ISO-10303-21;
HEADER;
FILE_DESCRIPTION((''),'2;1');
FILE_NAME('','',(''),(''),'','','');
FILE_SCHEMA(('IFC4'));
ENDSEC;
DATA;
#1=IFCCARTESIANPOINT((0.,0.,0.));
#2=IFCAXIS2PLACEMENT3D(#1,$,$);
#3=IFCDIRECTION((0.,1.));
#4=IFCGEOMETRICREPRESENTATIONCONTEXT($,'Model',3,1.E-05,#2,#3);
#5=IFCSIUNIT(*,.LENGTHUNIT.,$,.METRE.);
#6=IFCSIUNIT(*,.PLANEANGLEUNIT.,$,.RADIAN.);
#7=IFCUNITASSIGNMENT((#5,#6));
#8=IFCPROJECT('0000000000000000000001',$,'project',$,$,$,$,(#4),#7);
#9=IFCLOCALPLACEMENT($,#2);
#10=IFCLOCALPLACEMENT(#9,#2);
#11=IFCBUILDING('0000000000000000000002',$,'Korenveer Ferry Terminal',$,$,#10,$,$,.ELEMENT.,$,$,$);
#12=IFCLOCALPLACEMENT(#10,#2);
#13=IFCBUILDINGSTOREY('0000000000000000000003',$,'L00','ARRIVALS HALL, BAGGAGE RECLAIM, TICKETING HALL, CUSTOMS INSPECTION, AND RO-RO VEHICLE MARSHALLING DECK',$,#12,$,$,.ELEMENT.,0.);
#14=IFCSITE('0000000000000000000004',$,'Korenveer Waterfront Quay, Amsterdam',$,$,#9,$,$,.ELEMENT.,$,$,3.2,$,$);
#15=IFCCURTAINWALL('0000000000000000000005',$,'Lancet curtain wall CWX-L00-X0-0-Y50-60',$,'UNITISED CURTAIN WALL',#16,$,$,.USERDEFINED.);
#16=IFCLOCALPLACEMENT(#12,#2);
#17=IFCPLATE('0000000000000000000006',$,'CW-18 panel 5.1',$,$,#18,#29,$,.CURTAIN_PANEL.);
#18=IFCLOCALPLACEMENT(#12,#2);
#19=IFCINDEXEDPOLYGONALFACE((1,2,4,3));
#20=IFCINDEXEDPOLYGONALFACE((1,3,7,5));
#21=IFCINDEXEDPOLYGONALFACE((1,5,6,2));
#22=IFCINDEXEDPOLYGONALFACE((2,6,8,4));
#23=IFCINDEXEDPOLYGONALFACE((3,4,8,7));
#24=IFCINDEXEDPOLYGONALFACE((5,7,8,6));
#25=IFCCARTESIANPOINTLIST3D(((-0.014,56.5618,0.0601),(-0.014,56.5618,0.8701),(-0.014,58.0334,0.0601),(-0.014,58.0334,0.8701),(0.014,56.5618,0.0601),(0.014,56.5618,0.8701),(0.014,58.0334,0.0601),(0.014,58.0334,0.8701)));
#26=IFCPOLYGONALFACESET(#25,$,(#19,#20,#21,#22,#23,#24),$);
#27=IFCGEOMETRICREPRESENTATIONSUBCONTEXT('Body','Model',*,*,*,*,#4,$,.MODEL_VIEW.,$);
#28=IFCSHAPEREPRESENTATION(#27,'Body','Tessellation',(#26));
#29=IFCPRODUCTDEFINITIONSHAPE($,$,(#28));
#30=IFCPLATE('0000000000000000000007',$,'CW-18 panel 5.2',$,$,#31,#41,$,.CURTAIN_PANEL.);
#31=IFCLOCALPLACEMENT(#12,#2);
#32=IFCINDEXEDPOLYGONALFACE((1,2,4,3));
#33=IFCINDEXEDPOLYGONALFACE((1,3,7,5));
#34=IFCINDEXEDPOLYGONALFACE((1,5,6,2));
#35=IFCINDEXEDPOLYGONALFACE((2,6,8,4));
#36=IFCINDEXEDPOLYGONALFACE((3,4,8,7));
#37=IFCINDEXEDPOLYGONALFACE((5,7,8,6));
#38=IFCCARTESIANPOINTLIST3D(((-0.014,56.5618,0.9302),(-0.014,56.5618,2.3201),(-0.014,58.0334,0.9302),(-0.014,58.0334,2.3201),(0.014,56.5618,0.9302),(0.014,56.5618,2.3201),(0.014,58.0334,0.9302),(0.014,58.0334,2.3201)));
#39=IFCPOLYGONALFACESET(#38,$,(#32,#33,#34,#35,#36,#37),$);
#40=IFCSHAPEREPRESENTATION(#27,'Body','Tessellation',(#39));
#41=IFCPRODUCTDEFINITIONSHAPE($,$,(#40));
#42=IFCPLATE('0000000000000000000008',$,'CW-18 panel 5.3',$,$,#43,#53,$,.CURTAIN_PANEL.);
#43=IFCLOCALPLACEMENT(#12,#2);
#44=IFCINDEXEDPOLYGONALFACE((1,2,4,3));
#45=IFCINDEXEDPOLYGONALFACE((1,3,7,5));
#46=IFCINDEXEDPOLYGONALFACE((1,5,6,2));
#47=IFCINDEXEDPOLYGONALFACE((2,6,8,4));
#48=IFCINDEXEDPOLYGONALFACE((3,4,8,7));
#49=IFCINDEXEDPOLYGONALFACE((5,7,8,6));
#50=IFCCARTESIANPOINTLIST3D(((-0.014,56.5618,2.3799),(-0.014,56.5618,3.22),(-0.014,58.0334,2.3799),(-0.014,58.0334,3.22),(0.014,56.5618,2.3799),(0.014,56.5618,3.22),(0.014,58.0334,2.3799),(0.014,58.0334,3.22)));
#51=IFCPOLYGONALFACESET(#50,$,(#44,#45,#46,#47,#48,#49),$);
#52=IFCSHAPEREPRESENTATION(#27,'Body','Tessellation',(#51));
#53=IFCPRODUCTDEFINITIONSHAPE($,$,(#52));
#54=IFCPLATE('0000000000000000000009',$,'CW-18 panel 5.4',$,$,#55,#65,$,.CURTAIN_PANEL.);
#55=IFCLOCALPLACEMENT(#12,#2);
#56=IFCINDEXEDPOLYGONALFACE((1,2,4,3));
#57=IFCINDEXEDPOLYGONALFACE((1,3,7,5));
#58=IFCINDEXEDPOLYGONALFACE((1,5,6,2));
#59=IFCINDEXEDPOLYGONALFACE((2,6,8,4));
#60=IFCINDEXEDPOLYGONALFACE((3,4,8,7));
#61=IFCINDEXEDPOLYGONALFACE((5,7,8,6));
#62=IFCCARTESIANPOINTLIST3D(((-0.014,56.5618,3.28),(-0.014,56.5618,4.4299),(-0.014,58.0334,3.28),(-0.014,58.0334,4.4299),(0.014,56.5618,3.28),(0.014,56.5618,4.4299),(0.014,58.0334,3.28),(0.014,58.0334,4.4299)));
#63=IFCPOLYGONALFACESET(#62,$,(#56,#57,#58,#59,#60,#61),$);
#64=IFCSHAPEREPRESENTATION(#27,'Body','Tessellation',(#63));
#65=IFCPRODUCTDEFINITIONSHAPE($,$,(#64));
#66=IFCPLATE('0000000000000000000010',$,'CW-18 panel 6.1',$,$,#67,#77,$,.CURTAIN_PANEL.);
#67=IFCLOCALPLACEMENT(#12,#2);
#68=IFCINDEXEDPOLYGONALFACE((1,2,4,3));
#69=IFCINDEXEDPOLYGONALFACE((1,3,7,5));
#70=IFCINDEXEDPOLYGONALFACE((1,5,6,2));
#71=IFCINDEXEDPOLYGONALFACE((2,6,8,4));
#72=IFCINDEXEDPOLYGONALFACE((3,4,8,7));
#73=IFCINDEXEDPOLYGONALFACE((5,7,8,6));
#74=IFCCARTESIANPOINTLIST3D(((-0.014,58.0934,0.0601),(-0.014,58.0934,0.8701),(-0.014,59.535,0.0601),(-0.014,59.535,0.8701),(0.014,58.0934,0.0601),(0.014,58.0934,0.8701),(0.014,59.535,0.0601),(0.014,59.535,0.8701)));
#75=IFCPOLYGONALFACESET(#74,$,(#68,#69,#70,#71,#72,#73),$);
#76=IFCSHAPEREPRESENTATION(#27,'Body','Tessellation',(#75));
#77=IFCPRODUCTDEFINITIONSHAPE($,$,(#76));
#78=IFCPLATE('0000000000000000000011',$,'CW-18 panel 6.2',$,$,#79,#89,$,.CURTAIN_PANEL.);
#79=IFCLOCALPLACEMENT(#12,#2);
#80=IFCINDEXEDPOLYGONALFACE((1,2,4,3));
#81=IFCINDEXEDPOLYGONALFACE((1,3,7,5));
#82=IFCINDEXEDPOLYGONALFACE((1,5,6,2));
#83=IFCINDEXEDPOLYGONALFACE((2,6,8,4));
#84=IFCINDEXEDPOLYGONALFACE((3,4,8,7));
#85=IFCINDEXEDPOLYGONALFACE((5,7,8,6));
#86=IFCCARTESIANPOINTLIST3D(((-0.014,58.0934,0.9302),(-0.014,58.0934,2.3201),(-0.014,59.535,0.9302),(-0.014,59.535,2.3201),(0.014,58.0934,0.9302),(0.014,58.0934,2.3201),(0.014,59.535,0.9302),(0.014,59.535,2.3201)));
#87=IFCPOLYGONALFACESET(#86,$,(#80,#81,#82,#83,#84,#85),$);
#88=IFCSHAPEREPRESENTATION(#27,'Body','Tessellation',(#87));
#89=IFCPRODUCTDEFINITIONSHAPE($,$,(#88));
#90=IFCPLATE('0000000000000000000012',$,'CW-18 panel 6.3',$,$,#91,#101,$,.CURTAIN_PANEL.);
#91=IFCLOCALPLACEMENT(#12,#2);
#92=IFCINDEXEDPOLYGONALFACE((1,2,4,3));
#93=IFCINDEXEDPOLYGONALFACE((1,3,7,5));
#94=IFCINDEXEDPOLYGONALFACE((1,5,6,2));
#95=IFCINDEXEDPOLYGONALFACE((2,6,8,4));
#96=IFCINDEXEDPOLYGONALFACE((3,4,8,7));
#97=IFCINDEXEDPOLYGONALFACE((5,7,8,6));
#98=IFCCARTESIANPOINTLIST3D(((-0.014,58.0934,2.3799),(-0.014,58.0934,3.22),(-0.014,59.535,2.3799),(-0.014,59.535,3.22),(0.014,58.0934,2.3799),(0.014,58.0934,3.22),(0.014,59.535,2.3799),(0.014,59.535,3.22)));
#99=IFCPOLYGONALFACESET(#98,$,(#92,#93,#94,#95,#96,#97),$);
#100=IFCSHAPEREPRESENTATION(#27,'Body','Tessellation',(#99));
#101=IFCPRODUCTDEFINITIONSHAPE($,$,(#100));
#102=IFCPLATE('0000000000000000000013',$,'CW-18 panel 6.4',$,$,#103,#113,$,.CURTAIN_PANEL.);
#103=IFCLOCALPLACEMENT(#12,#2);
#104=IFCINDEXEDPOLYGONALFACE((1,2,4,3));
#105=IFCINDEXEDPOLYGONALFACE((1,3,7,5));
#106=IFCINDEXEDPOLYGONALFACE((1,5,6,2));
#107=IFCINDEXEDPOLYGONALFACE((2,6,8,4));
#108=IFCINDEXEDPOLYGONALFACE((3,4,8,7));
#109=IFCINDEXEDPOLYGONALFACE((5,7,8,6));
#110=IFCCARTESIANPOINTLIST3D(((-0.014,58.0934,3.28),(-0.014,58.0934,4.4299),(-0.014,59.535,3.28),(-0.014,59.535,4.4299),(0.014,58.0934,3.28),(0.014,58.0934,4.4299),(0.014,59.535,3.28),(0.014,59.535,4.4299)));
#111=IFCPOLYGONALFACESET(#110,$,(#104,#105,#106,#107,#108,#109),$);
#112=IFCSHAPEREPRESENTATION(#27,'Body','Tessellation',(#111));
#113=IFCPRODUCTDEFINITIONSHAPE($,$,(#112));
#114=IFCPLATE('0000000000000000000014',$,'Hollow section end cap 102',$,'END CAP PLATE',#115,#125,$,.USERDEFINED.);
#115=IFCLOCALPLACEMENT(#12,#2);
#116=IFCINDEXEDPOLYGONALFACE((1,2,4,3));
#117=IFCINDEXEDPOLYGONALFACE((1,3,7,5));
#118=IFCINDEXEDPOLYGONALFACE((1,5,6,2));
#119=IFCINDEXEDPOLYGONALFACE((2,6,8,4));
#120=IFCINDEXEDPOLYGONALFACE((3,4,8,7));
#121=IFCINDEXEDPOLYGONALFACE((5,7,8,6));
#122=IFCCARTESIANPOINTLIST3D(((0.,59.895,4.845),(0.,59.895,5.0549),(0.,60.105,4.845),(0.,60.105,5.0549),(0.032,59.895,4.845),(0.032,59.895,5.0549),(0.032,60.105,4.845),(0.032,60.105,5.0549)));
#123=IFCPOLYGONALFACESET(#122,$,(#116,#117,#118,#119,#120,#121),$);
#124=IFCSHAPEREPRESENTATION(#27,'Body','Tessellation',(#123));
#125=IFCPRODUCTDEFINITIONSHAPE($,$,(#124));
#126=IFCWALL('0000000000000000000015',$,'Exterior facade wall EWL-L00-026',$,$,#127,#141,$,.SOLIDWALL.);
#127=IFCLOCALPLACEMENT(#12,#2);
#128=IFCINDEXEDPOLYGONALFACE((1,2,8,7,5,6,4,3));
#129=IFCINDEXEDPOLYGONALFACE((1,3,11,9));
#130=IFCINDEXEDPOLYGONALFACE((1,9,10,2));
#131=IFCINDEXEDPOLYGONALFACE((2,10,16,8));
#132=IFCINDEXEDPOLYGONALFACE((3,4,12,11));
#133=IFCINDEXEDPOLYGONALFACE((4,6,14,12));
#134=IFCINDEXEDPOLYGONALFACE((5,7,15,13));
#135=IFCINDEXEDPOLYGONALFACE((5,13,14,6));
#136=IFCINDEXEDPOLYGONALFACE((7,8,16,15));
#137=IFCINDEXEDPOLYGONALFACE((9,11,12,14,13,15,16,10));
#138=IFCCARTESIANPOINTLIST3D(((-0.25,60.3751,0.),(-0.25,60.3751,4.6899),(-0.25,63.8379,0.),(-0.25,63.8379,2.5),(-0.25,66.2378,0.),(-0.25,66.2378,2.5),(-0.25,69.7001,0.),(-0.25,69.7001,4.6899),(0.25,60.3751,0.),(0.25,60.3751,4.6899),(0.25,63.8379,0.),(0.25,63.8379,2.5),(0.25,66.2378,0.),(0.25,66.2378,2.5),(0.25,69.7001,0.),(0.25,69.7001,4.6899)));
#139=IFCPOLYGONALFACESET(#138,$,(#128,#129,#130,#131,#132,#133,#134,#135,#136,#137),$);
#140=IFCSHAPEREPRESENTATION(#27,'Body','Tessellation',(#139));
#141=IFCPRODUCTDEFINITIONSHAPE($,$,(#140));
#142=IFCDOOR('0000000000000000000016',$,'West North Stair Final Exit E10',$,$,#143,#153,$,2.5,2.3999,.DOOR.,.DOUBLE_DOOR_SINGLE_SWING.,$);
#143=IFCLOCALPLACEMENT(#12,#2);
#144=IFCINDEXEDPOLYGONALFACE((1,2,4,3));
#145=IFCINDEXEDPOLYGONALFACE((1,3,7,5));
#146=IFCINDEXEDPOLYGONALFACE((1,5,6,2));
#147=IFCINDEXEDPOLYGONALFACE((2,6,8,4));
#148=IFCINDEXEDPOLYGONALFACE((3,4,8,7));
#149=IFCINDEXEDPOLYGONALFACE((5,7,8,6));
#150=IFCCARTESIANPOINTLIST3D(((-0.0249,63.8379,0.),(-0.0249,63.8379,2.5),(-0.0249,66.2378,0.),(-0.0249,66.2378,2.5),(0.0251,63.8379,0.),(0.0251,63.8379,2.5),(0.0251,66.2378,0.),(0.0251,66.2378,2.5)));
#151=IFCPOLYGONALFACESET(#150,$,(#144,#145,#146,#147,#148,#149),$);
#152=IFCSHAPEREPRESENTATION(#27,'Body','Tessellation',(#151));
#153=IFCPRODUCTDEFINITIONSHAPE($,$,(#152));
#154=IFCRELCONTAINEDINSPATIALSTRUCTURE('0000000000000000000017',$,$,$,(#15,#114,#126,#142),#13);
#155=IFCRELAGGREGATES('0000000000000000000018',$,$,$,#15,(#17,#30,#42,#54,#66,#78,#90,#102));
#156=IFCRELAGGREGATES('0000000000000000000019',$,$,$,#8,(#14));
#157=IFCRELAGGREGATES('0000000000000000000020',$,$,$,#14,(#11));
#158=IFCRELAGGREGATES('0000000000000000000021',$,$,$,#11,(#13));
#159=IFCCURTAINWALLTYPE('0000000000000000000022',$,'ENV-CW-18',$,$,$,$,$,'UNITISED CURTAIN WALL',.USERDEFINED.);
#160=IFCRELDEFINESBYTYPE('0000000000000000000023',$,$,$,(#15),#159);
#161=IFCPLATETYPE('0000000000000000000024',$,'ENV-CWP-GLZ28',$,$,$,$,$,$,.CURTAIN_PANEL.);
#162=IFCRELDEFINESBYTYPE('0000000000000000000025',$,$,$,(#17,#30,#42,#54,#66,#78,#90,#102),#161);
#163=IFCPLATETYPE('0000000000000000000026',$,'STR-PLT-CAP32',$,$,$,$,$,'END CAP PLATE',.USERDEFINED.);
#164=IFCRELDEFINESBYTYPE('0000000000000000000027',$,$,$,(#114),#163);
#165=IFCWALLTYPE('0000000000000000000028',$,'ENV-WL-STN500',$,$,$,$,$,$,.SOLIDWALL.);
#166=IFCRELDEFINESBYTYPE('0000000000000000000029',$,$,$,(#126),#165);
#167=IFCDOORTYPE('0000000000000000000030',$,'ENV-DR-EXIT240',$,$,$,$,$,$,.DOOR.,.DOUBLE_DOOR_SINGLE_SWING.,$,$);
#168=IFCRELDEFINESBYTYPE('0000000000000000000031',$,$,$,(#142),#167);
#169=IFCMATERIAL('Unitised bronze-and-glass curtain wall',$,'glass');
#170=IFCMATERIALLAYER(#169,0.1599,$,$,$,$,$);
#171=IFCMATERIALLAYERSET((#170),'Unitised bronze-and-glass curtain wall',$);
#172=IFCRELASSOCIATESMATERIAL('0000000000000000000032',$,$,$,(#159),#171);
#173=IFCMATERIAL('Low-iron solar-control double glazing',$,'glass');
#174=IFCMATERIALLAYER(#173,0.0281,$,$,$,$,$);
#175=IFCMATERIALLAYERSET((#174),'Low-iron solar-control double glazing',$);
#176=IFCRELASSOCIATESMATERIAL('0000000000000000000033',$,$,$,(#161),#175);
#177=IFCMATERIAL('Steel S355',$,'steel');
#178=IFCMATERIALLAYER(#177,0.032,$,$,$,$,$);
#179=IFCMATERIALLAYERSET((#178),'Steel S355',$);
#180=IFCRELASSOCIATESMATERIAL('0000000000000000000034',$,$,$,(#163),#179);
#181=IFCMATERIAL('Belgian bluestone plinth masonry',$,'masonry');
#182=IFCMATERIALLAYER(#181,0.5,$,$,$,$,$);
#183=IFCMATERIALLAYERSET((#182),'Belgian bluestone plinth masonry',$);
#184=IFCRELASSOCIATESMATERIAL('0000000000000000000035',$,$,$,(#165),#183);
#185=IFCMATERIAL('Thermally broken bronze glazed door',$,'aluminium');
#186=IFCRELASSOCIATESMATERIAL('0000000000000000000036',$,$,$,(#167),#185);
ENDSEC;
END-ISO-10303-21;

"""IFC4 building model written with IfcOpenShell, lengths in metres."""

from ifc_helpers import new_model, si_unit, direction, frame, frame_2d, origin, origin_2d, place, context, subcontext, project, spatial, rectangle, extrude, material, layer, layer_set, type_object, element, fill, aggregate, save


model = new_model("IFC4")

# Units and contexts
model_context = context("Model", 3, precision=1e-05, world=origin(), true_north=direction((0.0, 1.0)))
body_context = subcontext(model_context, "Body", "Model", "MODEL_VIEW")
ifc_project = project(units=[si_unit("LENGTHUNIT", "METRE"), si_unit("PLANEANGLEUNIT", "RADIAN")], contexts=[model_context])

# Site, building, storey
site_placement = place(None, origin())
site = spatial("IfcSite", under=ifc_project, at=site_placement, Name="Korenveer Waterfront Quay, Amsterdam", CompositionType="ELEMENT", RefElevation=3.2)
building_placement = place(site_placement, origin())
building = spatial("IfcBuilding", under=site, at=building_placement, Name="Korenveer Ferry Terminal", CompositionType="ELEMENT")
storey_placement = place(building_placement, origin())
storey = spatial("IfcBuildingStorey", under=building, at=storey_placement, Name="L00", Description="ARRIVALS HALL, BAGGAGE RECLAIM, TICKETING HALL, CUSTOMS INSPECTION, AND RO-RO VEHICLE MARSHALLING DECK", CompositionType="ELEMENT", Elevation=0.0)

# Curtain wall
ifc_material_1 = material(Name="Unitised bronze-and-glass curtain wall", Category="glass")
ifc_layer_1 = layer(ifc_material_1, 0.1599)
ifc_layer_set_1 = layer_set([ifc_layer_1], Name="Unitised bronze-and-glass curtain wall")
curtain_wall_type = type_object("IfcCurtainWallType", Name="ENV-CW-18", ElementType="UNITISED CURTAIN WALL", PredefinedType="USERDEFINED", material=ifc_layer_set_1)
curtain_wall_placement = place(storey_placement, frame((0.0, 50.405, 0.0)))
curtain_wall = element("IfcCurtainWall", 1, at=curtain_wall_placement, inside=storey, type_object=curtain_wall_type, Name="Lancet curtain wall CWX-L00-X0-0-Y50-60", ObjectType="UNITISED CURTAIN WALL", PredefinedType="USERDEFINED")

# Shared definitions
ifc_material_2 = material(Name="Steel S355", Category="steel")

# Plates
ifc_material_3 = material(Name="Low-iron solar-control double glazing", Category="glass")
ifc_layer_2 = layer(ifc_material_3, 0.0281)
ifc_layer_set_2 = layer_set([ifc_layer_2], Name="Low-iron solar-control double glazing")
plate_type_1 = type_object("IfcPlateType", Name="ENV-CWP-GLZ28", PredefinedType="CURTAIN_PANEL", material=ifc_layer_set_2)
plate_1_placement = place(storey_placement, frame((0.0, 57.2976, 0.0601), z_axis=(0.0, 0.0, 1.0), x_axis=(0.0, 1.0, 0.0)))
plate_1 = element("IfcPlate", 2, at=plate_1_placement, type_object=plate_type_1, Name="CW-18 panel 5.1", PredefinedType="CURTAIN_PANEL", context=body_context, shape_type="SweptSolid", body=[
    extrude(rectangle(XDim=1.4717, YDim=0.0281, at=origin_2d()), origin(), (0.0, 0.0, 1.0), 0.8101),
])
plate_2_placement = place(storey_placement, frame((0.0, 57.2976, 0.9302), z_axis=(0.0, 0.0, 1.0), x_axis=(0.0, 1.0, 0.0)))
plate_2 = element("IfcPlate", 3, at=plate_2_placement, type_object=plate_type_1, Name="CW-18 panel 5.2", PredefinedType="CURTAIN_PANEL", context=body_context, shape_type="SweptSolid", body=[
    extrude(rectangle(XDim=1.4717, YDim=0.0281, at=origin_2d()), origin(), (0.0, 0.0, 1.0), 1.3899),
])
plate_3_placement = place(storey_placement, frame((0.0, 57.2976, 2.3799), z_axis=(0.0, 0.0, 1.0), x_axis=(0.0, 1.0, 0.0)))
plate_3 = element("IfcPlate", 4, at=plate_3_placement, type_object=plate_type_1, Name="CW-18 panel 5.3", PredefinedType="CURTAIN_PANEL", context=body_context, shape_type="SweptSolid", body=[
    extrude(rectangle(XDim=1.4717, YDim=0.0281, at=origin_2d()), origin(), (0.0, 0.0, 1.0), 0.8401),
])
plate_4_placement = place(storey_placement, frame((0.0, 57.2976, 3.28), z_axis=(0.0, 0.0, 1.0), x_axis=(0.0, 1.0, 0.0)))
plate_4 = element("IfcPlate", 5, at=plate_4_placement, type_object=plate_type_1, Name="CW-18 panel 5.4", PredefinedType="CURTAIN_PANEL", context=body_context, shape_type="SweptSolid", body=[
    extrude(rectangle(XDim=1.4717, YDim=0.0281, at=origin_2d()), origin(), (0.0, 0.0, 1.0), 1.1499),
])
plate_5_placement = place(storey_placement, frame((0.0, 58.8142, 0.0601), z_axis=(0.0, 0.0, 1.0), x_axis=(0.0, 1.0, 0.0)))
plate_5 = element("IfcPlate", 6, at=plate_5_placement, type_object=plate_type_1, Name="CW-18 panel 6.1", PredefinedType="CURTAIN_PANEL", context=body_context, shape_type="SweptSolid", body=[
    extrude(rectangle(XDim=1.4417, YDim=0.0281, at=origin_2d()), origin(), (0.0, 0.0, 1.0), 0.8101),
])
plate_6_placement = place(storey_placement, frame((0.0, 58.8142, 0.9302), z_axis=(0.0, 0.0, 1.0), x_axis=(0.0, 1.0, 0.0)))
plate_6 = element("IfcPlate", 7, at=plate_6_placement, type_object=plate_type_1, Name="CW-18 panel 6.2", PredefinedType="CURTAIN_PANEL", context=body_context, shape_type="SweptSolid", body=[
    extrude(rectangle(XDim=1.4417, YDim=0.0281, at=origin_2d()), origin(), (0.0, 0.0, 1.0), 1.3899),
])
plate_7_placement = place(storey_placement, frame((0.0, 58.8142, 2.3799), z_axis=(0.0, 0.0, 1.0), x_axis=(0.0, 1.0, 0.0)))
plate_7 = element("IfcPlate", 8, at=plate_7_placement, type_object=plate_type_1, Name="CW-18 panel 6.3", PredefinedType="CURTAIN_PANEL", context=body_context, shape_type="SweptSolid", body=[
    extrude(rectangle(XDim=1.4417, YDim=0.0281, at=origin_2d()), origin(), (0.0, 0.0, 1.0), 0.8401),
])
plate_8_placement = place(storey_placement, frame((0.0, 58.8142, 3.28), z_axis=(0.0, 0.0, 1.0), x_axis=(0.0, 1.0, 0.0)))
plate_8 = element("IfcPlate", 9, at=plate_8_placement, type_object=plate_type_1, Name="CW-18 panel 6.4", PredefinedType="CURTAIN_PANEL", context=body_context, shape_type="SweptSolid", body=[
    extrude(rectangle(XDim=1.4417, YDim=0.0281, at=origin_2d()), origin(), (0.0, 0.0, 1.0), 1.1499),
])
aggregate(curtain_wall, [plate_1, plate_2, plate_3, plate_4, plate_5, plate_6, plate_7, plate_8])
ifc_layer_3 = layer(ifc_material_2, 0.032)
ifc_layer_set_3 = layer_set([ifc_layer_3], Name="Steel S355")
plate_type_2 = type_object("IfcPlateType", Name="STR-PLT-CAP32", ElementType="END CAP PLATE", PredefinedType="USERDEFINED", material=ifc_layer_set_3)
plate_9_placement = place(storey_placement, frame((0.0, 60.0, 4.95), z_axis=(1.0, 0.0, 0.0), x_axis=(0.0, 1.0, 0.0)))
element("IfcPlate", 10, at=plate_9_placement, inside=storey, type_object=plate_type_2, Name="Hollow section end cap 102", ObjectType="END CAP PLATE", PredefinedType="USERDEFINED", context=body_context, shape_type="SweptSolid", body=[
    extrude(rectangle(XDim=0.21, YDim=0.21, at=origin_2d()), origin(), (0.0, 0.0, 1.0), 0.032),
])

# Wall, opening, door
ifc_material_4 = material(Name="Belgian bluestone plinth masonry", Category="masonry")
ifc_layer_4 = layer(ifc_material_4, 0.5)
ifc_layer_set_4 = layer_set([ifc_layer_4], Name="Belgian bluestone plinth masonry")
wall_type = type_object("IfcWallType", Name="ENV-WL-STN500", PredefinedType="SOLIDWALL", material=ifc_layer_set_4)
wall_placement = place(storey_placement, frame((0.0, 60.375, 0.0), z_axis=(0.0, 0.0, 1.0), x_axis=(0.0, 1.0, 0.0)))
wall = element("IfcWall", 11, at=wall_placement, inside=storey, type_object=wall_type, Name="Exterior facade wall EWL-L00-026", PredefinedType="SOLIDWALL", context=body_context, shape_type="SweptSolid", body=[
    extrude(rectangle(XDim=9.325, YDim=0.5, at=frame_2d((4.6626, 0.0))), origin(), (0.0, 0.0, 1.0), 4.6899),
])
opening_placement = place(wall_placement, frame((3.4629, 0.0, 0.0)))
opening = element("IfcOpeningElement", 12, at=opening_placement, cuts=wall, PredefinedType="OPENING", context=body_context, shape_type="SweptSolid", body=[
    extrude(rectangle(XDim=2.3999, YDim=2.5, at=frame_2d((1.2, 1.25))), frame((0.0, 0.26, 0.0), z_axis=(0.0, -1.0, 0.0), x_axis=(1.0, 0.0, 0.0)), (0.0, 0.0, 1.0), 0.52),
])
ifc_material_5 = material(Name="Thermally broken bronze glazed door", Category="aluminium")
door_type = type_object("IfcDoorType", Name="ENV-DR-EXIT240", OperationType="DOUBLE_DOOR_SINGLE_SWING", PredefinedType="DOOR", material=ifc_material_5)
door_placement = place(opening_placement, origin())
door = element("IfcDoor", 13, at=door_placement, inside=storey, type_object=door_type, Name="West North Stair Final Exit E10", OperationType="DOUBLE_DOOR_SINGLE_SWING", OverallHeight=2.5, OverallWidth=2.3999, PredefinedType="DOOR", context=body_context, shape_type="SweptSolid", body=[
    extrude(rectangle(XDim=2.3999, YDim=2.5, at=frame_2d((1.2, 1.25))), frame((0.0, 0.0249, 0.0), z_axis=(0.0, -1.0, 0.0), x_axis=(1.0, 0.0, 0.0)), (0.0, 0.0, 1.0), 0.05),
])
fill(opening, door)

save(model, "model.ifc")
